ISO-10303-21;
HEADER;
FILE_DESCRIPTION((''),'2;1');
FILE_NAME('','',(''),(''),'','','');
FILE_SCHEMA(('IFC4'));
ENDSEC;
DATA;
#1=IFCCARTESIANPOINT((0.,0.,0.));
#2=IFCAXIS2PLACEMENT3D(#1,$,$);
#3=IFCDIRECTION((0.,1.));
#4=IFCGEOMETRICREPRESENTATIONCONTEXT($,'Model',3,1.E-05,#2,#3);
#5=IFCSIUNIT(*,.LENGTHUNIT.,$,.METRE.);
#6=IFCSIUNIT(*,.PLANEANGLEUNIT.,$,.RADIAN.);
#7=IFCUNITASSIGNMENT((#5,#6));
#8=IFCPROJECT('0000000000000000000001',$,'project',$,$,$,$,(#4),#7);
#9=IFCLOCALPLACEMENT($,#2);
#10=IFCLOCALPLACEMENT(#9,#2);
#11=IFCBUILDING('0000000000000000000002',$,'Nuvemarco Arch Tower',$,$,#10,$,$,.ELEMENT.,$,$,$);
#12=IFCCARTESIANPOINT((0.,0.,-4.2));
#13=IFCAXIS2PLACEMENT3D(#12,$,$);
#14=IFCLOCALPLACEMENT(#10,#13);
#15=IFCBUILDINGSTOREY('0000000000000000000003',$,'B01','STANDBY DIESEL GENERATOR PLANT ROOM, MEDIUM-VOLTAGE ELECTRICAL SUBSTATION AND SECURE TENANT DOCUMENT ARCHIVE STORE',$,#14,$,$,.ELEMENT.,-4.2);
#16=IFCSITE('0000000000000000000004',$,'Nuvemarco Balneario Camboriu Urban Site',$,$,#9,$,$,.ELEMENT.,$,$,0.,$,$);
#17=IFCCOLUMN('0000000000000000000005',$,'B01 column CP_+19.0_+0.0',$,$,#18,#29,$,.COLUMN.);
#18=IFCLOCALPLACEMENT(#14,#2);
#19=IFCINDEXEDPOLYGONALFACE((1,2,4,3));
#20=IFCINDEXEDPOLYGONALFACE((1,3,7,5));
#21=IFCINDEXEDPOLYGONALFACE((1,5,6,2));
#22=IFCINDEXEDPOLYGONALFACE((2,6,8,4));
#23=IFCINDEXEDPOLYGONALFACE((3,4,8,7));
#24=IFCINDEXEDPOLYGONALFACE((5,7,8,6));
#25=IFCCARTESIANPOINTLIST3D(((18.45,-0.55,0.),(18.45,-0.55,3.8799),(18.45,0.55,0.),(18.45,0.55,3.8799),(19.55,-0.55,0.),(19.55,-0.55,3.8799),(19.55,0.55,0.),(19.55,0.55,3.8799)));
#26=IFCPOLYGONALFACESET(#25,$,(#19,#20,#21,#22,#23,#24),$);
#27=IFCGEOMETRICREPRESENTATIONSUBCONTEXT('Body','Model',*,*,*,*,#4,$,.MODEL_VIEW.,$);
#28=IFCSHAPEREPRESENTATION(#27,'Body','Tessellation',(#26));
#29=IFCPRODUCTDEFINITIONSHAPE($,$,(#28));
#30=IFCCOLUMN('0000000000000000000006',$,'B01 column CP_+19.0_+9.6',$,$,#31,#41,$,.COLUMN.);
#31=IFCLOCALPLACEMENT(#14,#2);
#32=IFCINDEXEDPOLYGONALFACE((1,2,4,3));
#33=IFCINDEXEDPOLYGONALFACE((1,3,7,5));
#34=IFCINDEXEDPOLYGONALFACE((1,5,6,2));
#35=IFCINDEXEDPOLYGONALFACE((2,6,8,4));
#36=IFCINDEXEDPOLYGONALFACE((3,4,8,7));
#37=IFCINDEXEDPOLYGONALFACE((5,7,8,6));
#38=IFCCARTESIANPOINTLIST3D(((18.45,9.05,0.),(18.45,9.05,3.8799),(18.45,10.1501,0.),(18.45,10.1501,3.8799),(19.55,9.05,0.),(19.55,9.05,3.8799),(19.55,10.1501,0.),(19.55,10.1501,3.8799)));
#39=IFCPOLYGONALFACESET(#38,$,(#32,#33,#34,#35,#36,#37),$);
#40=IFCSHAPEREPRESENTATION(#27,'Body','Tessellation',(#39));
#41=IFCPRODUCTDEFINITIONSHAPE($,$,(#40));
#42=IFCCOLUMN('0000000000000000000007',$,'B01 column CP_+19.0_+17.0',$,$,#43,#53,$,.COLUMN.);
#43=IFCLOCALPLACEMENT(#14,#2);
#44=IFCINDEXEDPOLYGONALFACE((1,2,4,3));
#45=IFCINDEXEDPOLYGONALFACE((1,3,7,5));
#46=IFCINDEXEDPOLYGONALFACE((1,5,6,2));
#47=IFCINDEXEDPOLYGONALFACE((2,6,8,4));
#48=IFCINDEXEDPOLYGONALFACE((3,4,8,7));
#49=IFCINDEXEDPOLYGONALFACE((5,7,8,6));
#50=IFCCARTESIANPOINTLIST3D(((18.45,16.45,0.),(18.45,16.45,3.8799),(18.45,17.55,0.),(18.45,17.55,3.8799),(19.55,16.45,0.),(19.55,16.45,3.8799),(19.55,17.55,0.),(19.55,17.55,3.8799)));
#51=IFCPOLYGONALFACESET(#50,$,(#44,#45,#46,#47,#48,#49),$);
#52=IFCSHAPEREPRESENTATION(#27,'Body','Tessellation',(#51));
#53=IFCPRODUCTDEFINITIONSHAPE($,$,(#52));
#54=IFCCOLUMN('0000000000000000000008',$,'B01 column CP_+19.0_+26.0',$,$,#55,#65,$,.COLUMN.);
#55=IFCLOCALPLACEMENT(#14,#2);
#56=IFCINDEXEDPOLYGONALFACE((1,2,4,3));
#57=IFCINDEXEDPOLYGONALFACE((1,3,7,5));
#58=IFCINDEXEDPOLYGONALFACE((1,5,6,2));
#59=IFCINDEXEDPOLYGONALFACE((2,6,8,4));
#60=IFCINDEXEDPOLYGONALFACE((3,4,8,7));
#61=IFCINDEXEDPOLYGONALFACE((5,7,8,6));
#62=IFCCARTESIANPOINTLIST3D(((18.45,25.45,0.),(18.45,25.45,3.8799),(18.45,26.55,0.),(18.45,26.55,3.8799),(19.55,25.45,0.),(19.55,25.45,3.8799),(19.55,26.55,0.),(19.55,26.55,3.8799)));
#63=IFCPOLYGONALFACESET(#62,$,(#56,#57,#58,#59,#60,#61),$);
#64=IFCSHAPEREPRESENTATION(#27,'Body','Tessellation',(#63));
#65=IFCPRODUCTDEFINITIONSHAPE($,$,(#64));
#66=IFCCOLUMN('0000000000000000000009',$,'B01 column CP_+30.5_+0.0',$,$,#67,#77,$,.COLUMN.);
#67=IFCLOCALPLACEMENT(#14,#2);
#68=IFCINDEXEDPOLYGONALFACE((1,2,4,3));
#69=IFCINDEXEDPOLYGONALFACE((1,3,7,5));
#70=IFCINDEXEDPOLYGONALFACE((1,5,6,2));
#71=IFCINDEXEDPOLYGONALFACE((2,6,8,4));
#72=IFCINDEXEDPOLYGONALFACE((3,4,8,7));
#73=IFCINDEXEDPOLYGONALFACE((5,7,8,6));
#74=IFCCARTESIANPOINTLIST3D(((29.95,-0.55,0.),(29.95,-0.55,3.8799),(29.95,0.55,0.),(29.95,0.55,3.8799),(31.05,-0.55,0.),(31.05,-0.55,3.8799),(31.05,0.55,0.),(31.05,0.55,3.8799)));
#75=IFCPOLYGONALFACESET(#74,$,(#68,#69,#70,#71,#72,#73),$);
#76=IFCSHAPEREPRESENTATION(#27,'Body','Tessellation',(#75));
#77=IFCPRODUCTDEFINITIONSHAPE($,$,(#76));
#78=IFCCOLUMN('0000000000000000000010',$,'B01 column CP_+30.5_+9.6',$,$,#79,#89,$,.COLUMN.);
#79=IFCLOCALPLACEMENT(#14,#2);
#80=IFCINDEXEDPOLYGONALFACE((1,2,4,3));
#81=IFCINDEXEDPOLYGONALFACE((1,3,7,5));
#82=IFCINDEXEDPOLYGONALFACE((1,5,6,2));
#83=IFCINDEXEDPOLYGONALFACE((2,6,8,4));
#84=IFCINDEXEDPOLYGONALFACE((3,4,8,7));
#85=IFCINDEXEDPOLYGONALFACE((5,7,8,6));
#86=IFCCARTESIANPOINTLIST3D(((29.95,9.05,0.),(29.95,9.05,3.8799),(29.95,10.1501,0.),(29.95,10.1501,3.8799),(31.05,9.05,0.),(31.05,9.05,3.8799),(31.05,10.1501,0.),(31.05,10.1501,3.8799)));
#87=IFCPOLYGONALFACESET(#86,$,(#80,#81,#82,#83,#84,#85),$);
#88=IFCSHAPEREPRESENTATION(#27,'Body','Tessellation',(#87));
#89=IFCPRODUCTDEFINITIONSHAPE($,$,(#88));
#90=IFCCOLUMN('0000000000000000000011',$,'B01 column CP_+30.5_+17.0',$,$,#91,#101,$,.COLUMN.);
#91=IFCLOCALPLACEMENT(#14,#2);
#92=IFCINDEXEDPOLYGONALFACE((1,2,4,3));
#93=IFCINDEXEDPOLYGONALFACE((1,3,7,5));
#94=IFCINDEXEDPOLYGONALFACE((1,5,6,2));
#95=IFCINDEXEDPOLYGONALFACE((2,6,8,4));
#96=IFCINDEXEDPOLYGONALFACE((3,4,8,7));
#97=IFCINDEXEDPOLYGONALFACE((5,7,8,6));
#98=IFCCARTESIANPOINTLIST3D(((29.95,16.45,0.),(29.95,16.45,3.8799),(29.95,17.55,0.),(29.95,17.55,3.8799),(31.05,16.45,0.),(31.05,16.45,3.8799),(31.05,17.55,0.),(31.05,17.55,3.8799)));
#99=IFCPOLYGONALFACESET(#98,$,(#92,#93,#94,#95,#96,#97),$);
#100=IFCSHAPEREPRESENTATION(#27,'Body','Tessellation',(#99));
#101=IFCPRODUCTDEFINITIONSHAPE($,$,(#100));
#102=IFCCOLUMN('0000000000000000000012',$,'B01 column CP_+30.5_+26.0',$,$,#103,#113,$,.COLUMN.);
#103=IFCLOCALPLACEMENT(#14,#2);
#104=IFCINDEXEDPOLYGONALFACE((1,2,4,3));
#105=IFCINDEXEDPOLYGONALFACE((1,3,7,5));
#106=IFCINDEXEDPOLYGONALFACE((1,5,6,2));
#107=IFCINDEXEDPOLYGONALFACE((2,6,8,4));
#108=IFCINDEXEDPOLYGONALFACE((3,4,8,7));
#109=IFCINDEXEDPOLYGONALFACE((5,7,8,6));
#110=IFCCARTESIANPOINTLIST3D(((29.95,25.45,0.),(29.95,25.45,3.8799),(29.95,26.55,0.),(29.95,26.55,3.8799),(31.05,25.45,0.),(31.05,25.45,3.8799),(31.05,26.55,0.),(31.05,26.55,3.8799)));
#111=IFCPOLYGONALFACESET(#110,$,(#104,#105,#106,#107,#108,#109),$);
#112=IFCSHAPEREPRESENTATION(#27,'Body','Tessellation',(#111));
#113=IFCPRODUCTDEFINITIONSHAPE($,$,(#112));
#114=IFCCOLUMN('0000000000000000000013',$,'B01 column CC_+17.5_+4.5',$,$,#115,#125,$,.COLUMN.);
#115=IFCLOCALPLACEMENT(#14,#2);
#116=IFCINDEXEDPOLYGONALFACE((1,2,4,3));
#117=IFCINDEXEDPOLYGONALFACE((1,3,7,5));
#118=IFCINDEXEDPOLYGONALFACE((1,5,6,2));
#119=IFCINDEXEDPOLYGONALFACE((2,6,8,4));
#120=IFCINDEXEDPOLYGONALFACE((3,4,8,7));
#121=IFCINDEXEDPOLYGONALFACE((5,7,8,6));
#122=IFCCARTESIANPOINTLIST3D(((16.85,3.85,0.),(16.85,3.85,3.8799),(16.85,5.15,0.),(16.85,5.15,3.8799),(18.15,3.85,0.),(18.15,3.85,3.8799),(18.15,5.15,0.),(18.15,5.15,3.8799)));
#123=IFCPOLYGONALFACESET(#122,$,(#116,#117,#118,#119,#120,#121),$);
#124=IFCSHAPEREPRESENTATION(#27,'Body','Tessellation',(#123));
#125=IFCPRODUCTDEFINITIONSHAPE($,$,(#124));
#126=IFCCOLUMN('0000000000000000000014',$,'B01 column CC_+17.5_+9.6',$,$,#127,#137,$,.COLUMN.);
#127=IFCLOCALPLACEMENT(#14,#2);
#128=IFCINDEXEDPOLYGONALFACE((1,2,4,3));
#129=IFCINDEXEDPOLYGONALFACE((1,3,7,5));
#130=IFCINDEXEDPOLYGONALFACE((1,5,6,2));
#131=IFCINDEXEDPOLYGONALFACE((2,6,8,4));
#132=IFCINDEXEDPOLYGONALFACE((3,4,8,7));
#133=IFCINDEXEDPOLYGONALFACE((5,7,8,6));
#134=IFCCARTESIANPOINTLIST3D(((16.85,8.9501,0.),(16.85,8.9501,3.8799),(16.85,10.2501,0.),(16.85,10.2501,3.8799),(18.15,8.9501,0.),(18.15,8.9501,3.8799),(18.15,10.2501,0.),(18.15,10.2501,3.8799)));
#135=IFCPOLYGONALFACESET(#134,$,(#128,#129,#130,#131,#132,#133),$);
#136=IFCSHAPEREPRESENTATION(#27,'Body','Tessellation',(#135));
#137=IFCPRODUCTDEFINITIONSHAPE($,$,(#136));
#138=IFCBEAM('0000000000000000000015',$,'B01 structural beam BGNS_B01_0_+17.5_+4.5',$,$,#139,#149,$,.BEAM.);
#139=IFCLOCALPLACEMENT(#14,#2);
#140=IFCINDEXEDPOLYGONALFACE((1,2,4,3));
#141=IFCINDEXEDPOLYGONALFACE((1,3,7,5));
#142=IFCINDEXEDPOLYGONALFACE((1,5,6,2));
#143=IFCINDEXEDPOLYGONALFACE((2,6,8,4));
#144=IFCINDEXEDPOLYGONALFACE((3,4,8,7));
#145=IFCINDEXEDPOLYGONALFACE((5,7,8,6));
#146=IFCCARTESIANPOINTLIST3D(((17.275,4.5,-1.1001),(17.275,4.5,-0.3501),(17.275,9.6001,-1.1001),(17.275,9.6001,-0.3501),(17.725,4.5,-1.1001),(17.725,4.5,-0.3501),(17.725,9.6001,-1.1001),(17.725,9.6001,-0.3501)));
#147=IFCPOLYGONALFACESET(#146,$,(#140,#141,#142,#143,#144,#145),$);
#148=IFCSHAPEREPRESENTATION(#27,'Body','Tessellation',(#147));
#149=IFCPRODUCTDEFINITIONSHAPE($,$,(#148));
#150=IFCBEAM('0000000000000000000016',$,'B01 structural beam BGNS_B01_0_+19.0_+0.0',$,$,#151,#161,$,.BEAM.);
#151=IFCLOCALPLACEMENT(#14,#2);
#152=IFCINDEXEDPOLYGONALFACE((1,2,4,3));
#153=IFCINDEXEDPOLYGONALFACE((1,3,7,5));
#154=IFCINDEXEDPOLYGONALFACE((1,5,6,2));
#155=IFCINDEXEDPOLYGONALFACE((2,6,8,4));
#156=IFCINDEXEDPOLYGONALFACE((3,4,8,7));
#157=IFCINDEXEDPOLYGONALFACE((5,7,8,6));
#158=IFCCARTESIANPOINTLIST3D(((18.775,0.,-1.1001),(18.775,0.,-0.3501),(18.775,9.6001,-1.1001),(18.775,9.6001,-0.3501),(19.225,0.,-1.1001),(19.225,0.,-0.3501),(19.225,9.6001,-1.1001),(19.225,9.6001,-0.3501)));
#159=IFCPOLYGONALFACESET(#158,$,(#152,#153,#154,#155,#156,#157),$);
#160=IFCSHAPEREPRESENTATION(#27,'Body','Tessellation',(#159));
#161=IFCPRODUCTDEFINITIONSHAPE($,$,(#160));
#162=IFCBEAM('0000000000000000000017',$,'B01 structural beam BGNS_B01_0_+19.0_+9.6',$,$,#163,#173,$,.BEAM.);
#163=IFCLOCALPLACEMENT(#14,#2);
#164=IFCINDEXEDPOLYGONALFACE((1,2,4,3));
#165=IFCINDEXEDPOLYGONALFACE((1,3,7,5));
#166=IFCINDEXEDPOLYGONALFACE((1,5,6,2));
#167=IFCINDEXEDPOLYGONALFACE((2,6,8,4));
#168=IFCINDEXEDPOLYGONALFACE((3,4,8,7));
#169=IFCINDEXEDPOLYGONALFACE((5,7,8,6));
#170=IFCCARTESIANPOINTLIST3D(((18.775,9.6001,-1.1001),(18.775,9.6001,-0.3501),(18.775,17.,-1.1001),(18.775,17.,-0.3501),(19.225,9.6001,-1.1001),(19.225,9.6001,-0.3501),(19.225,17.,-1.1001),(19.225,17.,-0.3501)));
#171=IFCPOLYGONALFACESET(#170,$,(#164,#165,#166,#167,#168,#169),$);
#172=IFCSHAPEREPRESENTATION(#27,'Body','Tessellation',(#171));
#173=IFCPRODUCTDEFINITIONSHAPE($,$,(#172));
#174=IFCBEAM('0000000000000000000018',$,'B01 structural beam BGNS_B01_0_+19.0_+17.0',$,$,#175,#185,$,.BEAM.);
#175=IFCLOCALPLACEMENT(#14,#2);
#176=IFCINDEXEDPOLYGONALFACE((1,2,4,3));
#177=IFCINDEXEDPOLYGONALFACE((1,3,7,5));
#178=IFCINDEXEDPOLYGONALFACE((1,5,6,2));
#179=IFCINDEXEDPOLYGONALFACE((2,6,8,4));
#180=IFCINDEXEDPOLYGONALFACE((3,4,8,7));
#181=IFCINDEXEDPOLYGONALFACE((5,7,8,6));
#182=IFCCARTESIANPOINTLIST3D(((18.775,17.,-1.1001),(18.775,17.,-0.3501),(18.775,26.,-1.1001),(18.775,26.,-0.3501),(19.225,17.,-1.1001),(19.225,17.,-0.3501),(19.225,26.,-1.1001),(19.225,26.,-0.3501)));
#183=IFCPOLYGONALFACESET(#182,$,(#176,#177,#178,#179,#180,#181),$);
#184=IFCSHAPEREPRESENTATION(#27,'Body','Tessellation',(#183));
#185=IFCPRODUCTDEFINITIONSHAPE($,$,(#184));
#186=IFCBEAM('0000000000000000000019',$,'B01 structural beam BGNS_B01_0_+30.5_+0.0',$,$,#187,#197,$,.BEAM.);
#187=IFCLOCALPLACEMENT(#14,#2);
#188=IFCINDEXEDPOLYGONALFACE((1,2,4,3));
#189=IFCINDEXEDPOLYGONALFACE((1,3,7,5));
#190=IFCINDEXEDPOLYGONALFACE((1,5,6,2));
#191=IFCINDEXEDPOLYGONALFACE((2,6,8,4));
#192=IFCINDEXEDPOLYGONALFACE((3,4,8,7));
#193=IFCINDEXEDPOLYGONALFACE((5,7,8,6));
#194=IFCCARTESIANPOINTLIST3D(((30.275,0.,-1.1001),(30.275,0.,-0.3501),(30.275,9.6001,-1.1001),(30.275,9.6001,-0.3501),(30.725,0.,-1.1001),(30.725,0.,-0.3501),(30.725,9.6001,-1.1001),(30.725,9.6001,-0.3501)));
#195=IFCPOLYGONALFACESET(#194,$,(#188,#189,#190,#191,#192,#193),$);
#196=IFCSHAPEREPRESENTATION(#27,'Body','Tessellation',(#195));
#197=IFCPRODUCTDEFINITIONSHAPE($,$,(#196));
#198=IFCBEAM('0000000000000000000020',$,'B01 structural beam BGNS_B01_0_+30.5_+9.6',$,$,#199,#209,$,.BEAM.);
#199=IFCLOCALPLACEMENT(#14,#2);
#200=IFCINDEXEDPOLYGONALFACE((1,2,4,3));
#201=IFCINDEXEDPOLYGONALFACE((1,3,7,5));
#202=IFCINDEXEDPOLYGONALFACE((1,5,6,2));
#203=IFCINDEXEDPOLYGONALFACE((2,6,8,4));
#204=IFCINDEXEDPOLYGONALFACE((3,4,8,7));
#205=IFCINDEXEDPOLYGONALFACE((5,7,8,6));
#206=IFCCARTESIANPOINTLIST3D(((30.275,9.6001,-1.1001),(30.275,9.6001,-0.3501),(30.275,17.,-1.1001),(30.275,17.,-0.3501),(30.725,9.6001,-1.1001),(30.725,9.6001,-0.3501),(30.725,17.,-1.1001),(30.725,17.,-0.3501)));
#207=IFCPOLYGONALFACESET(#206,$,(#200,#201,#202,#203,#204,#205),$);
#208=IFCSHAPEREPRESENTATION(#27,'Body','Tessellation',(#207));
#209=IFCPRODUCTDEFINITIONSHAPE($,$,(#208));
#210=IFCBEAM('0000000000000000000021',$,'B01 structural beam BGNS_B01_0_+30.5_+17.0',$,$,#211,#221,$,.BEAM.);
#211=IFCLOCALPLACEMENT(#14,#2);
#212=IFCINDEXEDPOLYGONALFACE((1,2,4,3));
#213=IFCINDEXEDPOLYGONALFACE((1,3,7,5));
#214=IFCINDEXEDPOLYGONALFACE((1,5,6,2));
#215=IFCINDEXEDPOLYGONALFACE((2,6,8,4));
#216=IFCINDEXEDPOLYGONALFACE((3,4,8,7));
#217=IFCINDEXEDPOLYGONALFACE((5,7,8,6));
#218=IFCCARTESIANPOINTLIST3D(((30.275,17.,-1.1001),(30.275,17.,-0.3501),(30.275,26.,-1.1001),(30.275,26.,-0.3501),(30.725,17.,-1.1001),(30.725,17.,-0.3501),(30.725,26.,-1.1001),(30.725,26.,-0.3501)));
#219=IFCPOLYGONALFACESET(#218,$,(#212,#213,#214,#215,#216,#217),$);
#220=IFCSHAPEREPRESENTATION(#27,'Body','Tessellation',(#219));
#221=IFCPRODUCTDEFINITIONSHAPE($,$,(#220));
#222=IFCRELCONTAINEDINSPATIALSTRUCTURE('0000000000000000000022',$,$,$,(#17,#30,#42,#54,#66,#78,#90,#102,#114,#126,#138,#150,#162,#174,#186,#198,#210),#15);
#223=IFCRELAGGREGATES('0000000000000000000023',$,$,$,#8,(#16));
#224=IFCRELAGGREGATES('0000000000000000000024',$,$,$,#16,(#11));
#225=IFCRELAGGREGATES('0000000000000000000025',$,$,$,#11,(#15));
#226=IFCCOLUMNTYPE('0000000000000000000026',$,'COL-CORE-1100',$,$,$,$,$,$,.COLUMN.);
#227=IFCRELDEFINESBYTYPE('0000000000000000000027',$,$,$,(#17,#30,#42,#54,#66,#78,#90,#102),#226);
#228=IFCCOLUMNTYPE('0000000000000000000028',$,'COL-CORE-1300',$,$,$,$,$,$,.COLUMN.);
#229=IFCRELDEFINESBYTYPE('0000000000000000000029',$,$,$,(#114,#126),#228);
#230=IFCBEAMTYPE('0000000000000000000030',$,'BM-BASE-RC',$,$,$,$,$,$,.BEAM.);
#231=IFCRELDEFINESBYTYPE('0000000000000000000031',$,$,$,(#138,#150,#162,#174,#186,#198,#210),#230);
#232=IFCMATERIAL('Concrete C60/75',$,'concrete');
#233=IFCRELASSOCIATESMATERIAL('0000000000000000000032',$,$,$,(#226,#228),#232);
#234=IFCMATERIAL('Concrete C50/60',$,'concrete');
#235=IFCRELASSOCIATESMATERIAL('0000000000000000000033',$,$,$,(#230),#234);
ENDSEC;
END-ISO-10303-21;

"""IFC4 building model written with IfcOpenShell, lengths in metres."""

from ifc_helpers import new_model, si_unit, direction, frame, origin, origin_2d, place, context, subcontext, project, spatial, rectangle, extrude, material, material_profile, profile_set, type_object, element, save


model = new_model("IFC4")

# Units and contexts
model_context = context("Model", 3, precision=1e-05, world=origin(), true_north=direction((0.0, 1.0)))
body_context = subcontext(model_context, "Body", "Model", "MODEL_VIEW")
ifc_project = project(units=[si_unit("LENGTHUNIT", "METRE"), si_unit("PLANEANGLEUNIT", "RADIAN")], contexts=[model_context])

# Site, building, storey
site_placement = place(None, origin())
site = spatial("IfcSite", under=ifc_project, at=site_placement, Name="Nuvemarco Balneario Camboriu Urban Site", CompositionType="ELEMENT", RefElevation=0.0)
building_placement = place(site_placement, origin())
building = spatial("IfcBuilding", under=site, at=building_placement, Name="Nuvemarco Arch Tower", CompositionType="ELEMENT")
storey_placement = place(building_placement, frame((0.0, 0.0, -4.2)))
storey = spatial("IfcBuildingStorey", under=building, at=storey_placement, Name="B01", Description="STANDBY DIESEL GENERATOR PLANT ROOM, MEDIUM-VOLTAGE ELECTRICAL SUBSTATION AND SECURE TENANT DOCUMENT ARCHIVE STORE", CompositionType="ELEMENT", Elevation=-4.2)

# Columns
ifc_material_1 = material(Name="Concrete C60/75", Category="concrete")
ifc_material_profile_1 = material_profile(ifc_material_1, rectangle(XDim=1.1001, YDim=1.1001, at=origin_2d()), Name="RC-COL-1100x1100")
ifc_profile_set_1 = profile_set([ifc_material_profile_1], Name="Concrete C60/75")
column_type_1 = type_object("IfcColumnType", Name="COL-CORE-1100", PredefinedType="COLUMN", material=ifc_profile_set_1)
for number, where, z_axis, x_axis, name in (
    (1, (19.0, 0.0, 0.0), (0.0, 0.0, 1.0), (1.0, 0.0, 0.0), "B01 column CP_+19.0_+0.0"),
    (2, (19.0, 9.6001, 0.0), (0.0, 0.0, 1.0), (1.0, 0.0, 0.0), "B01 column CP_+19.0_+9.6"),
    (3, (19.0, 17.0, 0.0), (0.0, 0.0, 1.0), (1.0, 0.0, 0.0), "B01 column CP_+19.0_+17.0"),
    (4, (19.0, 26.0, 0.0), (0.0, 0.0, 1.0), (1.0, 0.0, 0.0), "B01 column CP_+19.0_+26.0"),
    (5, (30.5, 0.0, 0.0), (0.0, 0.0, 1.0), (1.0, 0.0, 0.0), "B01 column CP_+30.5_+0.0"),
    (6, (30.5, 9.6001, 0.0), (0.0, 0.0, 1.0), (1.0, 0.0, 0.0), "B01 column CP_+30.5_+9.6"),
    (7, (30.5, 17.0, 0.0), (0.0, 0.0, 1.0), (1.0, 0.0, 0.0), "B01 column CP_+30.5_+17.0"),
    (8, (30.5, 26.0, 0.0), (0.0, 0.0, 1.0), (1.0, 0.0, 0.0), "B01 column CP_+30.5_+26.0"),
):
    element("IfcColumn", number, at=place(storey_placement, frame(where, z_axis=z_axis, x_axis=x_axis)), inside=storey, type_object=column_type_1, Name=name, PredefinedType="COLUMN", context=body_context, shape_type="SweptSolid", body=[
        extrude(rectangle(XDim=1.1001, YDim=1.1001, at=origin_2d()), origin(), (0.0, 0.0, 1.0), 3.8799),
    ])
ifc_material_profile_2 = material_profile(ifc_material_1, rectangle(XDim=1.3, YDim=1.3, at=origin_2d()), Name="RC-COL-1300x1300")
ifc_profile_set_2 = profile_set([ifc_material_profile_2], Name="Concrete C60/75")
column_type_2 = type_object("IfcColumnType", Name="COL-CORE-1300", PredefinedType="COLUMN", material=ifc_profile_set_2)
for number, where, z_axis, x_axis, name in (
    (9, (17.5, 4.5, 0.0), (0.0, 0.0, 1.0), (1.0, 0.0, 0.0), "B01 column CC_+17.5_+4.5"),
    (10, (17.5, 9.6001, 0.0), (0.0, 0.0, 1.0), (1.0, 0.0, 0.0), "B01 column CC_+17.5_+9.6"),
):
    element("IfcColumn", number, at=place(storey_placement, frame(where, z_axis=z_axis, x_axis=x_axis)), inside=storey, type_object=column_type_2, Name=name, PredefinedType="COLUMN", context=body_context, shape_type="SweptSolid", body=[
        extrude(rectangle(XDim=1.3, YDim=1.3, at=origin_2d()), origin(), (0.0, 0.0, 1.0), 3.8799),
    ])

# Beams
ifc_material_2 = material(Name="Concrete C50/60", Category="concrete")
ifc_material_profile_3 = material_profile(ifc_material_2, rectangle(XDim=0.45, YDim=0.75, at=origin_2d()), Name="RC-BM-450x750")
ifc_profile_set_3 = profile_set([ifc_material_profile_3], Name="Concrete C50/60")
beam_type_1 = type_object("IfcBeamType", Name="BM-BASE-RC", PredefinedType="BEAM", material=ifc_profile_set_3)
beam_1_placement = place(storey_placement, frame((17.5, 4.5, -0.7251), z_axis=(0.0, 1.0, 0.0), x_axis=(-1.0, 0.0, 0.0)))
element("IfcBeam", 11, at=beam_1_placement, inside=storey, type_object=beam_type_1, Name="B01 structural beam BGNS_B01_0_+17.5_+4.5", PredefinedType="BEAM", context=body_context, shape_type="SweptSolid", body=[
    extrude(rectangle(XDim=0.45, YDim=0.75, at=origin_2d()), origin(), (0.0, 0.0, 1.0), 5.1001),
])
beam_2_placement = place(storey_placement, frame((19.0, 0.0, -0.7251), z_axis=(0.0, 1.0, 0.0), x_axis=(-1.0, 0.0, 0.0)))
element("IfcBeam", 12, at=beam_2_placement, inside=storey, type_object=beam_type_1, Name="B01 structural beam BGNS_B01_0_+19.0_+0.0", PredefinedType="BEAM", context=body_context, shape_type="SweptSolid", body=[
    extrude(rectangle(XDim=0.45, YDim=0.75, at=origin_2d()), origin(), (0.0, 0.0, 1.0), 9.6001),
])
beam_3_placement = place(storey_placement, frame((19.0, 9.6001, -0.7251), z_axis=(0.0, 1.0, 0.0), x_axis=(-1.0, 0.0, 0.0)))
element("IfcBeam", 13, at=beam_3_placement, inside=storey, type_object=beam_type_1, Name="B01 structural beam BGNS_B01_0_+19.0_+9.6", PredefinedType="BEAM", context=body_context, shape_type="SweptSolid", body=[
    extrude(rectangle(XDim=0.45, YDim=0.75, at=origin_2d()), origin(), (0.0, 0.0, 1.0), 7.3999),
])
beam_4_placement = place(storey_placement, frame((19.0, 17.0, -0.7251), z_axis=(0.0, 1.0, 0.0), x_axis=(-1.0, 0.0, 0.0)))
element("IfcBeam", 14, at=beam_4_placement, inside=storey, type_object=beam_type_1, Name="B01 structural beam BGNS_B01_0_+19.0_+17.0", PredefinedType="BEAM", context=body_context, shape_type="SweptSolid", body=[
    extrude(rectangle(XDim=0.45, YDim=0.75, at=origin_2d()), origin(), (0.0, 0.0, 1.0), 9.0),
])
beam_5_placement = place(storey_placement, frame((30.5, 0.0, -0.7251), z_axis=(0.0, 1.0, 0.0), x_axis=(-1.0, 0.0, 0.0)))
element("IfcBeam", 15, at=beam_5_placement, inside=storey, type_object=beam_type_1, Name="B01 structural beam BGNS_B01_0_+30.5_+0.0", PredefinedType="BEAM", context=body_context, shape_type="SweptSolid", body=[
    extrude(rectangle(XDim=0.45, YDim=0.75, at=origin_2d()), origin(), (0.0, 0.0, 1.0), 9.6001),
])
beam_6_placement = place(storey_placement, frame((30.5, 9.6001, -0.7251), z_axis=(0.0, 1.0, 0.0), x_axis=(-1.0, 0.0, 0.0)))
element("IfcBeam", 16, at=beam_6_placement, inside=storey, type_object=beam_type_1, Name="B01 structural beam BGNS_B01_0_+30.5_+9.6", PredefinedType="BEAM", context=body_context, shape_type="SweptSolid", body=[
    extrude(rectangle(XDim=0.45, YDim=0.75, at=origin_2d()), origin(), (0.0, 0.0, 1.0), 7.3999),
])
beam_7_placement = place(storey_placement, frame((30.5, 17.0, -0.7251), z_axis=(0.0, 1.0, 0.0), x_axis=(-1.0, 0.0, 0.0)))
element("IfcBeam", 17, at=beam_7_placement, inside=storey, type_object=beam_type_1, Name="B01 structural beam BGNS_B01_0_+30.5_+17.0", PredefinedType="BEAM", context=body_context, shape_type="SweptSolid", body=[
    extrude(rectangle(XDim=0.45, YDim=0.75, at=origin_2d()), origin(), (0.0, 0.0, 1.0), 9.0),
])

save(model, "model.ifc")
